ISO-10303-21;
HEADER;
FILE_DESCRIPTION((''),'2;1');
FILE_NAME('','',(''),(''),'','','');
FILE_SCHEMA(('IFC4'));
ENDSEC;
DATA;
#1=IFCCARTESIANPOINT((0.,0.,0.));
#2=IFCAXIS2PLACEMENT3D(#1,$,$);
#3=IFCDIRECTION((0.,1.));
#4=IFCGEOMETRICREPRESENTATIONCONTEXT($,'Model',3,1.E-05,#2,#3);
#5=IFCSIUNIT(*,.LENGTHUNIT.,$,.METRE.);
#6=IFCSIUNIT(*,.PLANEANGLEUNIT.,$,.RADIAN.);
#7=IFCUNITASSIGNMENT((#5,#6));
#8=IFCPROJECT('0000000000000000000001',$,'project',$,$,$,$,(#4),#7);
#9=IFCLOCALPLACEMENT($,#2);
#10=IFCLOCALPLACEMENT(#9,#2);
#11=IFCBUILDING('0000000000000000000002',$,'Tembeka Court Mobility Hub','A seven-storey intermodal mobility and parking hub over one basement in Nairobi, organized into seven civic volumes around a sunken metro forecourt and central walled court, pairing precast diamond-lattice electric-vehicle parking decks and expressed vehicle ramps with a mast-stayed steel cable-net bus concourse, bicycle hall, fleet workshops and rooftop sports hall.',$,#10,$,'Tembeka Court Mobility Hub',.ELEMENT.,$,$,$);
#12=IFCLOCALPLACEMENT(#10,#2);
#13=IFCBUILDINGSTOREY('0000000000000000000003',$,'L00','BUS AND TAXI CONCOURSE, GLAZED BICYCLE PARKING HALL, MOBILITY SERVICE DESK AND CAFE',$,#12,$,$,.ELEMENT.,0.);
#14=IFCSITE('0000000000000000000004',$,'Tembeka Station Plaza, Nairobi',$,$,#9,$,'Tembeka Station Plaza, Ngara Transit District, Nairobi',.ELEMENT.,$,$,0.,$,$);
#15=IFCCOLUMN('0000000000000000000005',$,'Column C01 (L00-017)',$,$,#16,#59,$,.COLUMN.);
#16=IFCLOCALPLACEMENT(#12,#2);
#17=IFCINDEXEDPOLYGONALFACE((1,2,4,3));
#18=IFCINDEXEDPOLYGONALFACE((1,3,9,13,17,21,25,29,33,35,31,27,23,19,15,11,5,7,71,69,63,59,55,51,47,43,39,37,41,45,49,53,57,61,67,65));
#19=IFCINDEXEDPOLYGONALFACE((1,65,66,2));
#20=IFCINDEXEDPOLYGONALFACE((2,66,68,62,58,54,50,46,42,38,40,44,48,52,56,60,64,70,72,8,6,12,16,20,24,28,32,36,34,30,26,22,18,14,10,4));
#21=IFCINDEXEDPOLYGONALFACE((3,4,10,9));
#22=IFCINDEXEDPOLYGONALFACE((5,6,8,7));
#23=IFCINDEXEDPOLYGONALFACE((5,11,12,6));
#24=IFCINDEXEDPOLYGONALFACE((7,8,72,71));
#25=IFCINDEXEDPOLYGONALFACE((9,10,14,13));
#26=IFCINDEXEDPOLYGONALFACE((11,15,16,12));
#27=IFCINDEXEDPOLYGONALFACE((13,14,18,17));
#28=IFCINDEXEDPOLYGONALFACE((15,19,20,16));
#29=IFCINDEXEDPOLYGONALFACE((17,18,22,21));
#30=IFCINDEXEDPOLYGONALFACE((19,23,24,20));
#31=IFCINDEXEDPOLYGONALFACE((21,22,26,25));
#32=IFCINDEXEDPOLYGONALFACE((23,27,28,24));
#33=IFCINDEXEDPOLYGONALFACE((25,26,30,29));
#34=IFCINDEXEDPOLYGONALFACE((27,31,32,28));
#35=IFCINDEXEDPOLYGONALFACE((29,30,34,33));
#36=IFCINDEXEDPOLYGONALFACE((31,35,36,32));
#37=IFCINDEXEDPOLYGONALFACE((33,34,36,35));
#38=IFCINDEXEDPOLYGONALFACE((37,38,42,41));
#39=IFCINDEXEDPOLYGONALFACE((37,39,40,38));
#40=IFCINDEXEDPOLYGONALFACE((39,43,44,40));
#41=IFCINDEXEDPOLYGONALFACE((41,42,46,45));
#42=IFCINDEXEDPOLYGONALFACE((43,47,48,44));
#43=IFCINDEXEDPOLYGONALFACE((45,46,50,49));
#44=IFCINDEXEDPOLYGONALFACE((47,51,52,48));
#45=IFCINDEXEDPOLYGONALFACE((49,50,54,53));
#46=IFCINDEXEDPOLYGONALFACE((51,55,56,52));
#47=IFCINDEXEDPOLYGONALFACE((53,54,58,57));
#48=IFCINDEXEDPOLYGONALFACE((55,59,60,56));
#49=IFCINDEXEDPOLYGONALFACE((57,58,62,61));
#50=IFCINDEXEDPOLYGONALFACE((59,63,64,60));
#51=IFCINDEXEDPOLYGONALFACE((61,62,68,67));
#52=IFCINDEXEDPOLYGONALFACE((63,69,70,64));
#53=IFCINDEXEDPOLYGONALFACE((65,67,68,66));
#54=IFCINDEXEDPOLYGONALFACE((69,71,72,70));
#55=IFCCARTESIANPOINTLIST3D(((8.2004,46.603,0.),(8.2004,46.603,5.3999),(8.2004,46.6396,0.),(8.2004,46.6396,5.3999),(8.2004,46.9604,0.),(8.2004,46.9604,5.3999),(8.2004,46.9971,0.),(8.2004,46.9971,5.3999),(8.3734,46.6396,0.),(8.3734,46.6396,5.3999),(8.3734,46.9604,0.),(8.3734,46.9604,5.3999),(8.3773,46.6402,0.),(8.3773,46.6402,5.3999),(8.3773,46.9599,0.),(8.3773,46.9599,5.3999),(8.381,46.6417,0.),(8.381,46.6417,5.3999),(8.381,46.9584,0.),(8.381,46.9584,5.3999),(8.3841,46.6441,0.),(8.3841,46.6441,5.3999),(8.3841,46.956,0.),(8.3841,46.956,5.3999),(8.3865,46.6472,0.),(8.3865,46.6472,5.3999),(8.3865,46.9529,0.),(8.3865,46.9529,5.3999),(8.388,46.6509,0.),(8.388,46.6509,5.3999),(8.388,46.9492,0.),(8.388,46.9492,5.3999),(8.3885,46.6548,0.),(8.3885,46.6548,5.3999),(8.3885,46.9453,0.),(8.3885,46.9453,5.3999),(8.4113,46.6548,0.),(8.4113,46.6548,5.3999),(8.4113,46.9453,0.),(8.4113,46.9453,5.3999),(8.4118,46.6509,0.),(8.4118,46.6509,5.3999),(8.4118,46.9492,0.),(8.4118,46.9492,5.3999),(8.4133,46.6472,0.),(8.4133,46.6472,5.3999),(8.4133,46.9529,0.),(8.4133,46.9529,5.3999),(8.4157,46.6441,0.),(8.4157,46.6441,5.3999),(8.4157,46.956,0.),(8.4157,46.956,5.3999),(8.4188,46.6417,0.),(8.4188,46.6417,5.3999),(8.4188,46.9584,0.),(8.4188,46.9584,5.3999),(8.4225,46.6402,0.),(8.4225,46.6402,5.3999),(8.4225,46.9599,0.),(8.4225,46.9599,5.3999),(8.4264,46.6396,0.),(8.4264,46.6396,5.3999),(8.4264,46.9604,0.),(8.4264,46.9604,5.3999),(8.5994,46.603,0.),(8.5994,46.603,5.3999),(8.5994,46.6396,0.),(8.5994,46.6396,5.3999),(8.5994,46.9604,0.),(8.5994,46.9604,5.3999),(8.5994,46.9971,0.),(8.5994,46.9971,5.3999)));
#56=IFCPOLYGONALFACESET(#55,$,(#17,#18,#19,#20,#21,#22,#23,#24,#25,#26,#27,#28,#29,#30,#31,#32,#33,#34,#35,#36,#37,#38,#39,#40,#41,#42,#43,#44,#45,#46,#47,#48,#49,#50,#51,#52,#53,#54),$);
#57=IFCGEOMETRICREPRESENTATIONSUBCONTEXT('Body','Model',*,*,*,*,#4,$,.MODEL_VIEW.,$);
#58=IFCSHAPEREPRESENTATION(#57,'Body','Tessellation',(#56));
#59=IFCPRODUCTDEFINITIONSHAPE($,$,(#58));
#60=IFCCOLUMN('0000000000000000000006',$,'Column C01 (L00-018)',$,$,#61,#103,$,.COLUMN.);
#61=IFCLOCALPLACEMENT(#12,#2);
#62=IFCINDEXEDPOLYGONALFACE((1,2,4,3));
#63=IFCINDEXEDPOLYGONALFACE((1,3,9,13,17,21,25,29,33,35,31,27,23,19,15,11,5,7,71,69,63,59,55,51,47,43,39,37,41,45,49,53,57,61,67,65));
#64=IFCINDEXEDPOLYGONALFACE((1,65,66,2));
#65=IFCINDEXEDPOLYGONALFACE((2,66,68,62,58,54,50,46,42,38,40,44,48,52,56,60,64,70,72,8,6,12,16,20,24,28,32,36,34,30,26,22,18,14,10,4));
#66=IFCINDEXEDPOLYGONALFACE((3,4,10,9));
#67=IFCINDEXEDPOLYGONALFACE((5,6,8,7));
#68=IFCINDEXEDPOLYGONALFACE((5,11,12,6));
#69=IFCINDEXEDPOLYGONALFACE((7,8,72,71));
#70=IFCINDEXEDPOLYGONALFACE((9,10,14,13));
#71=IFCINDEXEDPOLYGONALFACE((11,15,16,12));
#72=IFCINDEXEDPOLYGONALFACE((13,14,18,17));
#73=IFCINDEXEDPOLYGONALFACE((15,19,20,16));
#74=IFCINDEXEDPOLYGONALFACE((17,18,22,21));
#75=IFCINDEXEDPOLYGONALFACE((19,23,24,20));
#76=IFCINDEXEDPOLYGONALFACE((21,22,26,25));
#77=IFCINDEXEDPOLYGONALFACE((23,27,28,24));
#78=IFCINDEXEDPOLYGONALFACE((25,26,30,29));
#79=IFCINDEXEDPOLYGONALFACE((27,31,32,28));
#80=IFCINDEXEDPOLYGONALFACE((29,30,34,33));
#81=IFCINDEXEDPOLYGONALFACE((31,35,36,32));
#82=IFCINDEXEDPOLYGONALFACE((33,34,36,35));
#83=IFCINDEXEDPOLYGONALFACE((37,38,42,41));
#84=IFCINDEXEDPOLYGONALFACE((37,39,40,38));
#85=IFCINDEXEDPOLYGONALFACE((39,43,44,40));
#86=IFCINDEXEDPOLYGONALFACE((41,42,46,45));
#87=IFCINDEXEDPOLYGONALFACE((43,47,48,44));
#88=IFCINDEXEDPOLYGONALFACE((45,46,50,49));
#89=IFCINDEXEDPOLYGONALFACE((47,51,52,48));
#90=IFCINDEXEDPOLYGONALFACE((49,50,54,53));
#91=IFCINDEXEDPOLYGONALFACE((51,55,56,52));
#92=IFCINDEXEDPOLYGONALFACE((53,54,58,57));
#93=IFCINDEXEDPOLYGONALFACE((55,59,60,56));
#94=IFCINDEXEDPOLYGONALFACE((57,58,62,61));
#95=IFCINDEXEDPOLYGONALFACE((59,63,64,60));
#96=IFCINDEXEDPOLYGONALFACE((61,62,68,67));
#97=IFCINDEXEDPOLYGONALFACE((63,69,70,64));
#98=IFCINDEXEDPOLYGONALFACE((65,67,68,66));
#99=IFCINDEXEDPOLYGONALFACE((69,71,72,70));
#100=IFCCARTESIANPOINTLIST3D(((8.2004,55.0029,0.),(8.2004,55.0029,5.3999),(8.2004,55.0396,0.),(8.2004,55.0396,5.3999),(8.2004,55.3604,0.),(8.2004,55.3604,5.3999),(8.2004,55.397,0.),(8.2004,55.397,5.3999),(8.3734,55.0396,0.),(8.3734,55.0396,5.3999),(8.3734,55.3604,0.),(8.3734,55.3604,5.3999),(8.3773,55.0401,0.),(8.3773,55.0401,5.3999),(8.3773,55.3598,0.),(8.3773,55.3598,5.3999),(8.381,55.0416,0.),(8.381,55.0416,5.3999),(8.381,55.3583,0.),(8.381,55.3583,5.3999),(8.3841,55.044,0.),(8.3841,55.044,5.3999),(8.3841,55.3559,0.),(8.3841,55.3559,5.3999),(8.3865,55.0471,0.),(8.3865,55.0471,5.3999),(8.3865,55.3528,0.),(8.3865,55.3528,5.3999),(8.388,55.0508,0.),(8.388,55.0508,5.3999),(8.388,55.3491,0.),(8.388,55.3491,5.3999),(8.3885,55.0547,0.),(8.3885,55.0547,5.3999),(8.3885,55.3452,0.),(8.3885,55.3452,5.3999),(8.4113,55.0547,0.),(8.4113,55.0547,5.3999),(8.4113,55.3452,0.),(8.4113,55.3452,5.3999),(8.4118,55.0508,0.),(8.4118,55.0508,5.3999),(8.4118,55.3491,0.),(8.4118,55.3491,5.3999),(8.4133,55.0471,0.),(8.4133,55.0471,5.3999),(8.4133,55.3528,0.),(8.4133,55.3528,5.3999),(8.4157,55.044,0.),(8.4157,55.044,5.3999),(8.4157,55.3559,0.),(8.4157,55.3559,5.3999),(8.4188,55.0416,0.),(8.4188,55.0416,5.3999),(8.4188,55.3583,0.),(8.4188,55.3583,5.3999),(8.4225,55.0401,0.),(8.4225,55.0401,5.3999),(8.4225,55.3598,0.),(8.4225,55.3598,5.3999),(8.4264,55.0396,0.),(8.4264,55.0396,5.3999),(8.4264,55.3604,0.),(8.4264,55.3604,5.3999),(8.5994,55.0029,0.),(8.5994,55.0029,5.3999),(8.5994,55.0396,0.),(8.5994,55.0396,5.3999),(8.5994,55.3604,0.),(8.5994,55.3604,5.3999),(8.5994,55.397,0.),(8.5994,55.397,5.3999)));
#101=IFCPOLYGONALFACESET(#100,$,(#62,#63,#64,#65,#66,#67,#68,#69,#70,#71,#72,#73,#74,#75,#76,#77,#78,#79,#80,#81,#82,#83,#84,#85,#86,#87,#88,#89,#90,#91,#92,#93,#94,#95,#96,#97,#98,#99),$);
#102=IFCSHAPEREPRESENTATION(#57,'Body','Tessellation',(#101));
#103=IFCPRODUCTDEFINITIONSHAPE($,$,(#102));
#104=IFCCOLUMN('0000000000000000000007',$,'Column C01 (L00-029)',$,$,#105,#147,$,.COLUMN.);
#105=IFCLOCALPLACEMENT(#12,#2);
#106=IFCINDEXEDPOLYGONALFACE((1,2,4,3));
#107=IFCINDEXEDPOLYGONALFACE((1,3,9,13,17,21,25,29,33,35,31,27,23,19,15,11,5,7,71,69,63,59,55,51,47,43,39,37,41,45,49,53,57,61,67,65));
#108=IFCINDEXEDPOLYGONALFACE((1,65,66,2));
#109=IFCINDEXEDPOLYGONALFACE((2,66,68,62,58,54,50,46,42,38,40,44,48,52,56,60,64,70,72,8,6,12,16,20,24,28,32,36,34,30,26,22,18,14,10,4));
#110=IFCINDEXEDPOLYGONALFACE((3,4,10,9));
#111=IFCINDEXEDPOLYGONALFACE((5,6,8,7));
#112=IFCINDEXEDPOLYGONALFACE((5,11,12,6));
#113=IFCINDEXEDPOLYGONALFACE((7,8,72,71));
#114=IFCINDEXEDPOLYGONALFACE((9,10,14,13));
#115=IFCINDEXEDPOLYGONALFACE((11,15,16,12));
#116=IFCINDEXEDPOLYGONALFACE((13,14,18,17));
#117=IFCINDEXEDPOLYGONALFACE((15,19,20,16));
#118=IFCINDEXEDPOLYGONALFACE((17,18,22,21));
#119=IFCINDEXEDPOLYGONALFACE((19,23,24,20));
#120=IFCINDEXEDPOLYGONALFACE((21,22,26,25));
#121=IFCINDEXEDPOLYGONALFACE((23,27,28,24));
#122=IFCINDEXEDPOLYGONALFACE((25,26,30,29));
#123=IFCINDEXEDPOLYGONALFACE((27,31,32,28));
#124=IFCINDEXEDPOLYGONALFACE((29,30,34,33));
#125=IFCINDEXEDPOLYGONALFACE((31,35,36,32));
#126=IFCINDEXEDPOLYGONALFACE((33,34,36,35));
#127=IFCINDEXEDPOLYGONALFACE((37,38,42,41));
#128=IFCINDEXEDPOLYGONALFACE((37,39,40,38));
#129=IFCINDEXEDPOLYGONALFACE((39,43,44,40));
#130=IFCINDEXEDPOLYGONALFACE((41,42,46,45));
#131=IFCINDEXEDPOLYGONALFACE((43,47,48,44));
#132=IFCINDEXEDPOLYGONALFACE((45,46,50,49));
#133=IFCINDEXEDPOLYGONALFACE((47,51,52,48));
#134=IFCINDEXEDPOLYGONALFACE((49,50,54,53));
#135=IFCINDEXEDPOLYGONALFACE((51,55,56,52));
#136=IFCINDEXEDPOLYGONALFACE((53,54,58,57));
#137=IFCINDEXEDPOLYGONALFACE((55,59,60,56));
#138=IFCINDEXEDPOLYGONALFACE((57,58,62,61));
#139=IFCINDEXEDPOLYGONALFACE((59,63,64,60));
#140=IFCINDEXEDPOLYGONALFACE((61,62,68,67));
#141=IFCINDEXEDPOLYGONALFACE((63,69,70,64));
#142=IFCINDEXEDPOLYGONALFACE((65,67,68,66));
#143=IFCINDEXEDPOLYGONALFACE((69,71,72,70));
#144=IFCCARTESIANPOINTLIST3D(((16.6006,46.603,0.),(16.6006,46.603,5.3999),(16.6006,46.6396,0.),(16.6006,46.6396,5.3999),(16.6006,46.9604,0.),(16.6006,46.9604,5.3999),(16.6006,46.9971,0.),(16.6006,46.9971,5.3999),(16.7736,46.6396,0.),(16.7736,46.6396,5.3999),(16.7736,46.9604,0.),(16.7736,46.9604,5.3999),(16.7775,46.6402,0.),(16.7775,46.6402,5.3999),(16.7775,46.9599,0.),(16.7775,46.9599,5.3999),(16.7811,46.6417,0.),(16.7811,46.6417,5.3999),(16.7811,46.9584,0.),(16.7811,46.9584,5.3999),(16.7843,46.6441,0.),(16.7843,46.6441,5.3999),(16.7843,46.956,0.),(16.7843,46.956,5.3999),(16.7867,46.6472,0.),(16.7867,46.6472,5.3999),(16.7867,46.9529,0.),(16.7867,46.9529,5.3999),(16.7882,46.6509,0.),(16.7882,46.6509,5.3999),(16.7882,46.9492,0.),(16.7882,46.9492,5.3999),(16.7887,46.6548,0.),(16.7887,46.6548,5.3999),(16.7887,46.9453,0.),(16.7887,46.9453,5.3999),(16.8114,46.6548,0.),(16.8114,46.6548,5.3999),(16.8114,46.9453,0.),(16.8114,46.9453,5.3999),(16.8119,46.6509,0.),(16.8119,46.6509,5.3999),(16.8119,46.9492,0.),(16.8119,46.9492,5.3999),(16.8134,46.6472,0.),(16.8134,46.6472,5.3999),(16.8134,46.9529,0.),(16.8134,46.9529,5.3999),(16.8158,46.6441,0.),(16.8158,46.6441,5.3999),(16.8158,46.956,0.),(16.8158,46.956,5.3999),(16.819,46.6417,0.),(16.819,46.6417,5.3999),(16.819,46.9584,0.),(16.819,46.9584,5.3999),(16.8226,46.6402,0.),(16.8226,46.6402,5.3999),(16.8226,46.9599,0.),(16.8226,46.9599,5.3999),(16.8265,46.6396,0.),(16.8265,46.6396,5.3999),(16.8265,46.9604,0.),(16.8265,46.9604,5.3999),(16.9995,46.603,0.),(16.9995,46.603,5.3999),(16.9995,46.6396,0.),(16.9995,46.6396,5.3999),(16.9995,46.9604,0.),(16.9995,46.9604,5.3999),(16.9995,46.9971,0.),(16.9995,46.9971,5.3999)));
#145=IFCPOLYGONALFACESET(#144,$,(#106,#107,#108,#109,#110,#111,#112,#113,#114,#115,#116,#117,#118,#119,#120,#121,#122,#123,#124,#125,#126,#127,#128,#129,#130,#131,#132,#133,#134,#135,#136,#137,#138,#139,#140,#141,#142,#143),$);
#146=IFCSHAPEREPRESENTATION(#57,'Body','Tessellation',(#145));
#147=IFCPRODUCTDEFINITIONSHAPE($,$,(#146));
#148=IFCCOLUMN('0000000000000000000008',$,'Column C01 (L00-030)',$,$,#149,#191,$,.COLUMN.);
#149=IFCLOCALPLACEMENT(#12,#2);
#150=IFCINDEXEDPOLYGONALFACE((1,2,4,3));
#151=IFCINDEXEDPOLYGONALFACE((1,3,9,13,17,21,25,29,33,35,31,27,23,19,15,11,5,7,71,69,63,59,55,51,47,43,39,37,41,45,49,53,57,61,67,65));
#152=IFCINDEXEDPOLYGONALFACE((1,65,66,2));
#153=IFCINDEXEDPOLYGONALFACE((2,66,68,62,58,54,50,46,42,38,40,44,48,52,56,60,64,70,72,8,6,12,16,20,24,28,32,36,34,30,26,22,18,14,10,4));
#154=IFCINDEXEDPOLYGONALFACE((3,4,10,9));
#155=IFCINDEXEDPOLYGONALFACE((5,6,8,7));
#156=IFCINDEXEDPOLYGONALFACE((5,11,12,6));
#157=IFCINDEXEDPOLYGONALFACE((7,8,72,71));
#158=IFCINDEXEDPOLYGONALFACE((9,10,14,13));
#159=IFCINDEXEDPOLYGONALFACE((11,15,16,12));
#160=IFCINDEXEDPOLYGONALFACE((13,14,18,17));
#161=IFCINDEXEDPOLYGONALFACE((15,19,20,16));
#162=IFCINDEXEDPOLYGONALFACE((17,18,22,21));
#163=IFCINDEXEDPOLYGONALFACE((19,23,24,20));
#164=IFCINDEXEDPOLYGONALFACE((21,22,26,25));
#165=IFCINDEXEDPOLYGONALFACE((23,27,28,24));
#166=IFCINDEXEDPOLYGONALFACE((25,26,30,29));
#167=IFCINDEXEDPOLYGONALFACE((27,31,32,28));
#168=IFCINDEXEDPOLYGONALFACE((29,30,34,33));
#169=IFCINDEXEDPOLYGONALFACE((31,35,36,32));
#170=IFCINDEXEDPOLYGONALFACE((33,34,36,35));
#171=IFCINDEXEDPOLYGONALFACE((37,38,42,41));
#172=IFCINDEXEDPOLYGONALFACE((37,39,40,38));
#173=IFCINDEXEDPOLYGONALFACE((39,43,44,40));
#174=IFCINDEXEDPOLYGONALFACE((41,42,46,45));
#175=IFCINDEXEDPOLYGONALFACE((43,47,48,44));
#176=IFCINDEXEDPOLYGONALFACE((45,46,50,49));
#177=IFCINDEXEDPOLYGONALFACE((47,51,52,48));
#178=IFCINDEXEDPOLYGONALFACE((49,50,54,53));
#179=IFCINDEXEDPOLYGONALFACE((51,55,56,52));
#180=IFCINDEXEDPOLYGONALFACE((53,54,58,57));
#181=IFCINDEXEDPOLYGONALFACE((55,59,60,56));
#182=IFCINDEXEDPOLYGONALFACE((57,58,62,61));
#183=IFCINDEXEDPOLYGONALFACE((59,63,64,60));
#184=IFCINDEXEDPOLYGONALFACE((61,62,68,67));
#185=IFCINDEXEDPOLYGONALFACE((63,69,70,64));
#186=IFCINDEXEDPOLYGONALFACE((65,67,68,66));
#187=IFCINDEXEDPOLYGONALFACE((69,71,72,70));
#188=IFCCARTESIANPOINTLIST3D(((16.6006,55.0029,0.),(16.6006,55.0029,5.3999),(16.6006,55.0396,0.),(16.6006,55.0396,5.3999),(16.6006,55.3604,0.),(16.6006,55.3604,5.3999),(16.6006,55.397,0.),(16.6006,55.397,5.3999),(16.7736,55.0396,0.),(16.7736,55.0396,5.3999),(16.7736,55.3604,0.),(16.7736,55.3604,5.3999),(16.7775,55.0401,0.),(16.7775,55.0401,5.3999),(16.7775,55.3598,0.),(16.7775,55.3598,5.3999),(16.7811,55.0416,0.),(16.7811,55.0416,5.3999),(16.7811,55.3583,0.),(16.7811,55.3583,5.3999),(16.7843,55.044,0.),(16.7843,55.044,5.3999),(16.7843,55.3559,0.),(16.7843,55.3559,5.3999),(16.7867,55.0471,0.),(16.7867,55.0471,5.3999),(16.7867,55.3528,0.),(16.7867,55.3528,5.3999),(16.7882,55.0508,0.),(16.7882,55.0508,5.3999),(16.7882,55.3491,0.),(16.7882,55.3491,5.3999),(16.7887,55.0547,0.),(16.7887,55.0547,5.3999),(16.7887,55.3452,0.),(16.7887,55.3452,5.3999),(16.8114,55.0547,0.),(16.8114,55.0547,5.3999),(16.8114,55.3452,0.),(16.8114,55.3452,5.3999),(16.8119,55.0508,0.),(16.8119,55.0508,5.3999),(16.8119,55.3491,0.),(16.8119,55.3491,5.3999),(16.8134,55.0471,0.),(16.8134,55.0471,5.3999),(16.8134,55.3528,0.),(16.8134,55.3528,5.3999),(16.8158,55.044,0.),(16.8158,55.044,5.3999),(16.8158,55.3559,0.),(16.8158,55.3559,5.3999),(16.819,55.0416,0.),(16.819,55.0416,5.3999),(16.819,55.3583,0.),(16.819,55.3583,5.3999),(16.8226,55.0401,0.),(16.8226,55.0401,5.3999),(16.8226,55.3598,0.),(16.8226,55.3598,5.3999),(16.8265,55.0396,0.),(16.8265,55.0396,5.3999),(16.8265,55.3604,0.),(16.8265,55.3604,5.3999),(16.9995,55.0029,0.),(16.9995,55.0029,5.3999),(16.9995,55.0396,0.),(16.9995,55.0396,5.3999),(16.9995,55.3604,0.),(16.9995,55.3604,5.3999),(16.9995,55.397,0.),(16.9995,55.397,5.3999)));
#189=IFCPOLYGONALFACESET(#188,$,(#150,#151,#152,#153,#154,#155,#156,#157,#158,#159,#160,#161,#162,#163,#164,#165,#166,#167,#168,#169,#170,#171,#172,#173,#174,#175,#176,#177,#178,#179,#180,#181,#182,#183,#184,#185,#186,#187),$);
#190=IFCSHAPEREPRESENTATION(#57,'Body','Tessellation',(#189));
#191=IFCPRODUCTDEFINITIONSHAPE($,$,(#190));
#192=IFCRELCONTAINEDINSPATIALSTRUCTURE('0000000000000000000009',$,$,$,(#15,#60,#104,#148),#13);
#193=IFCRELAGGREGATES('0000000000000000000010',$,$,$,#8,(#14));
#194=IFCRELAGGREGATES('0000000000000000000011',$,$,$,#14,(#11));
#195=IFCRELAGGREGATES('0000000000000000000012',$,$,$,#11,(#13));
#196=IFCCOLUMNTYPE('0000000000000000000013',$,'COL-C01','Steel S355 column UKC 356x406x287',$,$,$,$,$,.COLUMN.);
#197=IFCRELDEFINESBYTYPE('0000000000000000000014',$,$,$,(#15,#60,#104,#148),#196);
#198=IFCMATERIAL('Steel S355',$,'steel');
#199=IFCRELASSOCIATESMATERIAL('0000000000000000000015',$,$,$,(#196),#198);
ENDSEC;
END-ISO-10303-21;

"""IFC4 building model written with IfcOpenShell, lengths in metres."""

from ifc_helpers import new_model, si_unit, direction, frame, origin, origin_2d, place, context, subcontext, project, spatial, i_section, extrude, material, material_profile, profile_set, type_object, element, save


model = new_model("IFC4")

# Units and contexts
model_context = context("Model", 3, precision=1e-05, world=origin(), true_north=direction((0.0, 1.0)))
body_context = subcontext(model_context, "Body", "Model", "MODEL_VIEW")
ifc_project = project(units=[si_unit("LENGTHUNIT", "METRE"), si_unit("PLANEANGLEUNIT", "RADIAN")], contexts=[model_context])

# Site, building, storey
site_placement = place(None, origin())
site = spatial("IfcSite", under=ifc_project, at=site_placement, Name="Tembeka Station Plaza, Nairobi", LongName="Tembeka Station Plaza, Ngara Transit District, Nairobi", CompositionType="ELEMENT", RefElevation=0.0)
building_placement = place(site_placement, origin())
building = spatial("IfcBuilding", under=site, at=building_placement, Name="Tembeka Court Mobility Hub", Description="A seven-storey intermodal mobility and parking hub over one basement in Nairobi, organized into seven civic volumes around a sunken metro forecourt and central walled court, pairing precast diamond-lattice electric-vehicle parking decks and expressed vehicle ramps with a mast-stayed steel cable-net bus concourse, bicycle hall, fleet workshops and rooftop sports hall.", LongName="Tembeka Court Mobility Hub", CompositionType="ELEMENT")
storey_placement = place(building_placement, origin())
storey = spatial("IfcBuildingStorey", under=building, at=storey_placement, Name="L00", Description="BUS AND TAXI CONCOURSE, GLAZED BICYCLE PARKING HALL, MOBILITY SERVICE DESK AND CAFE", CompositionType="ELEMENT", Elevation=0.0)

# Columns
ifc_material_1 = material(Name="Steel S355", Category="steel")
ifc_material_profile_1 = material_profile(ifc_material_1, i_section(OverallWidth=0.3989, OverallDepth=0.394, WebThickness=0.0227, FlangeThickness=0.0366, FilletRadius=0.0151, at=origin_2d()), Name="UKC 356x406x287")
ifc_profile_set_1 = profile_set([ifc_material_profile_1], Name="Steel S355")
column_type = type_object("IfcColumnType", Name="COL-C01", Description="Steel S355 column UKC 356x406x287", PredefinedType="COLUMN", material=ifc_profile_set_1)
for number, where, z_axis, x_axis, name in (
    (1, (8.3999, 46.8, 0.0), (0.0, 0.0, 1.0), (1.0, 0.0, 0.0), "Column C01 (L00-017)"),
    (2, (8.3999, 55.2, 0.0), (0.0, 0.0, 1.0), (1.0, 0.0, 0.0), "Column C01 (L00-018)"),
    (3, (16.8, 46.8, 0.0), (0.0, 0.0, 1.0), (1.0, 0.0, 0.0), "Column C01 (L00-029)"),
    (4, (16.8, 55.2, 0.0), (0.0, 0.0, 1.0), (1.0, 0.0, 0.0), "Column C01 (L00-030)"),
):
    element("IfcColumn", number, at=place(storey_placement, frame(where, z_axis=z_axis, x_axis=x_axis)), inside=storey, type_object=column_type, Name=name, PredefinedType="COLUMN", context=body_context, shape_type="SweptSolid", body=[
        extrude(i_section(OverallWidth=0.3989, OverallDepth=0.394, WebThickness=0.0227, FlangeThickness=0.0366, FilletRadius=0.0151, at=origin_2d()), origin(), (0.0, 0.0, 1.0), 5.3999),
    ])

save(model, "model.ifc")
